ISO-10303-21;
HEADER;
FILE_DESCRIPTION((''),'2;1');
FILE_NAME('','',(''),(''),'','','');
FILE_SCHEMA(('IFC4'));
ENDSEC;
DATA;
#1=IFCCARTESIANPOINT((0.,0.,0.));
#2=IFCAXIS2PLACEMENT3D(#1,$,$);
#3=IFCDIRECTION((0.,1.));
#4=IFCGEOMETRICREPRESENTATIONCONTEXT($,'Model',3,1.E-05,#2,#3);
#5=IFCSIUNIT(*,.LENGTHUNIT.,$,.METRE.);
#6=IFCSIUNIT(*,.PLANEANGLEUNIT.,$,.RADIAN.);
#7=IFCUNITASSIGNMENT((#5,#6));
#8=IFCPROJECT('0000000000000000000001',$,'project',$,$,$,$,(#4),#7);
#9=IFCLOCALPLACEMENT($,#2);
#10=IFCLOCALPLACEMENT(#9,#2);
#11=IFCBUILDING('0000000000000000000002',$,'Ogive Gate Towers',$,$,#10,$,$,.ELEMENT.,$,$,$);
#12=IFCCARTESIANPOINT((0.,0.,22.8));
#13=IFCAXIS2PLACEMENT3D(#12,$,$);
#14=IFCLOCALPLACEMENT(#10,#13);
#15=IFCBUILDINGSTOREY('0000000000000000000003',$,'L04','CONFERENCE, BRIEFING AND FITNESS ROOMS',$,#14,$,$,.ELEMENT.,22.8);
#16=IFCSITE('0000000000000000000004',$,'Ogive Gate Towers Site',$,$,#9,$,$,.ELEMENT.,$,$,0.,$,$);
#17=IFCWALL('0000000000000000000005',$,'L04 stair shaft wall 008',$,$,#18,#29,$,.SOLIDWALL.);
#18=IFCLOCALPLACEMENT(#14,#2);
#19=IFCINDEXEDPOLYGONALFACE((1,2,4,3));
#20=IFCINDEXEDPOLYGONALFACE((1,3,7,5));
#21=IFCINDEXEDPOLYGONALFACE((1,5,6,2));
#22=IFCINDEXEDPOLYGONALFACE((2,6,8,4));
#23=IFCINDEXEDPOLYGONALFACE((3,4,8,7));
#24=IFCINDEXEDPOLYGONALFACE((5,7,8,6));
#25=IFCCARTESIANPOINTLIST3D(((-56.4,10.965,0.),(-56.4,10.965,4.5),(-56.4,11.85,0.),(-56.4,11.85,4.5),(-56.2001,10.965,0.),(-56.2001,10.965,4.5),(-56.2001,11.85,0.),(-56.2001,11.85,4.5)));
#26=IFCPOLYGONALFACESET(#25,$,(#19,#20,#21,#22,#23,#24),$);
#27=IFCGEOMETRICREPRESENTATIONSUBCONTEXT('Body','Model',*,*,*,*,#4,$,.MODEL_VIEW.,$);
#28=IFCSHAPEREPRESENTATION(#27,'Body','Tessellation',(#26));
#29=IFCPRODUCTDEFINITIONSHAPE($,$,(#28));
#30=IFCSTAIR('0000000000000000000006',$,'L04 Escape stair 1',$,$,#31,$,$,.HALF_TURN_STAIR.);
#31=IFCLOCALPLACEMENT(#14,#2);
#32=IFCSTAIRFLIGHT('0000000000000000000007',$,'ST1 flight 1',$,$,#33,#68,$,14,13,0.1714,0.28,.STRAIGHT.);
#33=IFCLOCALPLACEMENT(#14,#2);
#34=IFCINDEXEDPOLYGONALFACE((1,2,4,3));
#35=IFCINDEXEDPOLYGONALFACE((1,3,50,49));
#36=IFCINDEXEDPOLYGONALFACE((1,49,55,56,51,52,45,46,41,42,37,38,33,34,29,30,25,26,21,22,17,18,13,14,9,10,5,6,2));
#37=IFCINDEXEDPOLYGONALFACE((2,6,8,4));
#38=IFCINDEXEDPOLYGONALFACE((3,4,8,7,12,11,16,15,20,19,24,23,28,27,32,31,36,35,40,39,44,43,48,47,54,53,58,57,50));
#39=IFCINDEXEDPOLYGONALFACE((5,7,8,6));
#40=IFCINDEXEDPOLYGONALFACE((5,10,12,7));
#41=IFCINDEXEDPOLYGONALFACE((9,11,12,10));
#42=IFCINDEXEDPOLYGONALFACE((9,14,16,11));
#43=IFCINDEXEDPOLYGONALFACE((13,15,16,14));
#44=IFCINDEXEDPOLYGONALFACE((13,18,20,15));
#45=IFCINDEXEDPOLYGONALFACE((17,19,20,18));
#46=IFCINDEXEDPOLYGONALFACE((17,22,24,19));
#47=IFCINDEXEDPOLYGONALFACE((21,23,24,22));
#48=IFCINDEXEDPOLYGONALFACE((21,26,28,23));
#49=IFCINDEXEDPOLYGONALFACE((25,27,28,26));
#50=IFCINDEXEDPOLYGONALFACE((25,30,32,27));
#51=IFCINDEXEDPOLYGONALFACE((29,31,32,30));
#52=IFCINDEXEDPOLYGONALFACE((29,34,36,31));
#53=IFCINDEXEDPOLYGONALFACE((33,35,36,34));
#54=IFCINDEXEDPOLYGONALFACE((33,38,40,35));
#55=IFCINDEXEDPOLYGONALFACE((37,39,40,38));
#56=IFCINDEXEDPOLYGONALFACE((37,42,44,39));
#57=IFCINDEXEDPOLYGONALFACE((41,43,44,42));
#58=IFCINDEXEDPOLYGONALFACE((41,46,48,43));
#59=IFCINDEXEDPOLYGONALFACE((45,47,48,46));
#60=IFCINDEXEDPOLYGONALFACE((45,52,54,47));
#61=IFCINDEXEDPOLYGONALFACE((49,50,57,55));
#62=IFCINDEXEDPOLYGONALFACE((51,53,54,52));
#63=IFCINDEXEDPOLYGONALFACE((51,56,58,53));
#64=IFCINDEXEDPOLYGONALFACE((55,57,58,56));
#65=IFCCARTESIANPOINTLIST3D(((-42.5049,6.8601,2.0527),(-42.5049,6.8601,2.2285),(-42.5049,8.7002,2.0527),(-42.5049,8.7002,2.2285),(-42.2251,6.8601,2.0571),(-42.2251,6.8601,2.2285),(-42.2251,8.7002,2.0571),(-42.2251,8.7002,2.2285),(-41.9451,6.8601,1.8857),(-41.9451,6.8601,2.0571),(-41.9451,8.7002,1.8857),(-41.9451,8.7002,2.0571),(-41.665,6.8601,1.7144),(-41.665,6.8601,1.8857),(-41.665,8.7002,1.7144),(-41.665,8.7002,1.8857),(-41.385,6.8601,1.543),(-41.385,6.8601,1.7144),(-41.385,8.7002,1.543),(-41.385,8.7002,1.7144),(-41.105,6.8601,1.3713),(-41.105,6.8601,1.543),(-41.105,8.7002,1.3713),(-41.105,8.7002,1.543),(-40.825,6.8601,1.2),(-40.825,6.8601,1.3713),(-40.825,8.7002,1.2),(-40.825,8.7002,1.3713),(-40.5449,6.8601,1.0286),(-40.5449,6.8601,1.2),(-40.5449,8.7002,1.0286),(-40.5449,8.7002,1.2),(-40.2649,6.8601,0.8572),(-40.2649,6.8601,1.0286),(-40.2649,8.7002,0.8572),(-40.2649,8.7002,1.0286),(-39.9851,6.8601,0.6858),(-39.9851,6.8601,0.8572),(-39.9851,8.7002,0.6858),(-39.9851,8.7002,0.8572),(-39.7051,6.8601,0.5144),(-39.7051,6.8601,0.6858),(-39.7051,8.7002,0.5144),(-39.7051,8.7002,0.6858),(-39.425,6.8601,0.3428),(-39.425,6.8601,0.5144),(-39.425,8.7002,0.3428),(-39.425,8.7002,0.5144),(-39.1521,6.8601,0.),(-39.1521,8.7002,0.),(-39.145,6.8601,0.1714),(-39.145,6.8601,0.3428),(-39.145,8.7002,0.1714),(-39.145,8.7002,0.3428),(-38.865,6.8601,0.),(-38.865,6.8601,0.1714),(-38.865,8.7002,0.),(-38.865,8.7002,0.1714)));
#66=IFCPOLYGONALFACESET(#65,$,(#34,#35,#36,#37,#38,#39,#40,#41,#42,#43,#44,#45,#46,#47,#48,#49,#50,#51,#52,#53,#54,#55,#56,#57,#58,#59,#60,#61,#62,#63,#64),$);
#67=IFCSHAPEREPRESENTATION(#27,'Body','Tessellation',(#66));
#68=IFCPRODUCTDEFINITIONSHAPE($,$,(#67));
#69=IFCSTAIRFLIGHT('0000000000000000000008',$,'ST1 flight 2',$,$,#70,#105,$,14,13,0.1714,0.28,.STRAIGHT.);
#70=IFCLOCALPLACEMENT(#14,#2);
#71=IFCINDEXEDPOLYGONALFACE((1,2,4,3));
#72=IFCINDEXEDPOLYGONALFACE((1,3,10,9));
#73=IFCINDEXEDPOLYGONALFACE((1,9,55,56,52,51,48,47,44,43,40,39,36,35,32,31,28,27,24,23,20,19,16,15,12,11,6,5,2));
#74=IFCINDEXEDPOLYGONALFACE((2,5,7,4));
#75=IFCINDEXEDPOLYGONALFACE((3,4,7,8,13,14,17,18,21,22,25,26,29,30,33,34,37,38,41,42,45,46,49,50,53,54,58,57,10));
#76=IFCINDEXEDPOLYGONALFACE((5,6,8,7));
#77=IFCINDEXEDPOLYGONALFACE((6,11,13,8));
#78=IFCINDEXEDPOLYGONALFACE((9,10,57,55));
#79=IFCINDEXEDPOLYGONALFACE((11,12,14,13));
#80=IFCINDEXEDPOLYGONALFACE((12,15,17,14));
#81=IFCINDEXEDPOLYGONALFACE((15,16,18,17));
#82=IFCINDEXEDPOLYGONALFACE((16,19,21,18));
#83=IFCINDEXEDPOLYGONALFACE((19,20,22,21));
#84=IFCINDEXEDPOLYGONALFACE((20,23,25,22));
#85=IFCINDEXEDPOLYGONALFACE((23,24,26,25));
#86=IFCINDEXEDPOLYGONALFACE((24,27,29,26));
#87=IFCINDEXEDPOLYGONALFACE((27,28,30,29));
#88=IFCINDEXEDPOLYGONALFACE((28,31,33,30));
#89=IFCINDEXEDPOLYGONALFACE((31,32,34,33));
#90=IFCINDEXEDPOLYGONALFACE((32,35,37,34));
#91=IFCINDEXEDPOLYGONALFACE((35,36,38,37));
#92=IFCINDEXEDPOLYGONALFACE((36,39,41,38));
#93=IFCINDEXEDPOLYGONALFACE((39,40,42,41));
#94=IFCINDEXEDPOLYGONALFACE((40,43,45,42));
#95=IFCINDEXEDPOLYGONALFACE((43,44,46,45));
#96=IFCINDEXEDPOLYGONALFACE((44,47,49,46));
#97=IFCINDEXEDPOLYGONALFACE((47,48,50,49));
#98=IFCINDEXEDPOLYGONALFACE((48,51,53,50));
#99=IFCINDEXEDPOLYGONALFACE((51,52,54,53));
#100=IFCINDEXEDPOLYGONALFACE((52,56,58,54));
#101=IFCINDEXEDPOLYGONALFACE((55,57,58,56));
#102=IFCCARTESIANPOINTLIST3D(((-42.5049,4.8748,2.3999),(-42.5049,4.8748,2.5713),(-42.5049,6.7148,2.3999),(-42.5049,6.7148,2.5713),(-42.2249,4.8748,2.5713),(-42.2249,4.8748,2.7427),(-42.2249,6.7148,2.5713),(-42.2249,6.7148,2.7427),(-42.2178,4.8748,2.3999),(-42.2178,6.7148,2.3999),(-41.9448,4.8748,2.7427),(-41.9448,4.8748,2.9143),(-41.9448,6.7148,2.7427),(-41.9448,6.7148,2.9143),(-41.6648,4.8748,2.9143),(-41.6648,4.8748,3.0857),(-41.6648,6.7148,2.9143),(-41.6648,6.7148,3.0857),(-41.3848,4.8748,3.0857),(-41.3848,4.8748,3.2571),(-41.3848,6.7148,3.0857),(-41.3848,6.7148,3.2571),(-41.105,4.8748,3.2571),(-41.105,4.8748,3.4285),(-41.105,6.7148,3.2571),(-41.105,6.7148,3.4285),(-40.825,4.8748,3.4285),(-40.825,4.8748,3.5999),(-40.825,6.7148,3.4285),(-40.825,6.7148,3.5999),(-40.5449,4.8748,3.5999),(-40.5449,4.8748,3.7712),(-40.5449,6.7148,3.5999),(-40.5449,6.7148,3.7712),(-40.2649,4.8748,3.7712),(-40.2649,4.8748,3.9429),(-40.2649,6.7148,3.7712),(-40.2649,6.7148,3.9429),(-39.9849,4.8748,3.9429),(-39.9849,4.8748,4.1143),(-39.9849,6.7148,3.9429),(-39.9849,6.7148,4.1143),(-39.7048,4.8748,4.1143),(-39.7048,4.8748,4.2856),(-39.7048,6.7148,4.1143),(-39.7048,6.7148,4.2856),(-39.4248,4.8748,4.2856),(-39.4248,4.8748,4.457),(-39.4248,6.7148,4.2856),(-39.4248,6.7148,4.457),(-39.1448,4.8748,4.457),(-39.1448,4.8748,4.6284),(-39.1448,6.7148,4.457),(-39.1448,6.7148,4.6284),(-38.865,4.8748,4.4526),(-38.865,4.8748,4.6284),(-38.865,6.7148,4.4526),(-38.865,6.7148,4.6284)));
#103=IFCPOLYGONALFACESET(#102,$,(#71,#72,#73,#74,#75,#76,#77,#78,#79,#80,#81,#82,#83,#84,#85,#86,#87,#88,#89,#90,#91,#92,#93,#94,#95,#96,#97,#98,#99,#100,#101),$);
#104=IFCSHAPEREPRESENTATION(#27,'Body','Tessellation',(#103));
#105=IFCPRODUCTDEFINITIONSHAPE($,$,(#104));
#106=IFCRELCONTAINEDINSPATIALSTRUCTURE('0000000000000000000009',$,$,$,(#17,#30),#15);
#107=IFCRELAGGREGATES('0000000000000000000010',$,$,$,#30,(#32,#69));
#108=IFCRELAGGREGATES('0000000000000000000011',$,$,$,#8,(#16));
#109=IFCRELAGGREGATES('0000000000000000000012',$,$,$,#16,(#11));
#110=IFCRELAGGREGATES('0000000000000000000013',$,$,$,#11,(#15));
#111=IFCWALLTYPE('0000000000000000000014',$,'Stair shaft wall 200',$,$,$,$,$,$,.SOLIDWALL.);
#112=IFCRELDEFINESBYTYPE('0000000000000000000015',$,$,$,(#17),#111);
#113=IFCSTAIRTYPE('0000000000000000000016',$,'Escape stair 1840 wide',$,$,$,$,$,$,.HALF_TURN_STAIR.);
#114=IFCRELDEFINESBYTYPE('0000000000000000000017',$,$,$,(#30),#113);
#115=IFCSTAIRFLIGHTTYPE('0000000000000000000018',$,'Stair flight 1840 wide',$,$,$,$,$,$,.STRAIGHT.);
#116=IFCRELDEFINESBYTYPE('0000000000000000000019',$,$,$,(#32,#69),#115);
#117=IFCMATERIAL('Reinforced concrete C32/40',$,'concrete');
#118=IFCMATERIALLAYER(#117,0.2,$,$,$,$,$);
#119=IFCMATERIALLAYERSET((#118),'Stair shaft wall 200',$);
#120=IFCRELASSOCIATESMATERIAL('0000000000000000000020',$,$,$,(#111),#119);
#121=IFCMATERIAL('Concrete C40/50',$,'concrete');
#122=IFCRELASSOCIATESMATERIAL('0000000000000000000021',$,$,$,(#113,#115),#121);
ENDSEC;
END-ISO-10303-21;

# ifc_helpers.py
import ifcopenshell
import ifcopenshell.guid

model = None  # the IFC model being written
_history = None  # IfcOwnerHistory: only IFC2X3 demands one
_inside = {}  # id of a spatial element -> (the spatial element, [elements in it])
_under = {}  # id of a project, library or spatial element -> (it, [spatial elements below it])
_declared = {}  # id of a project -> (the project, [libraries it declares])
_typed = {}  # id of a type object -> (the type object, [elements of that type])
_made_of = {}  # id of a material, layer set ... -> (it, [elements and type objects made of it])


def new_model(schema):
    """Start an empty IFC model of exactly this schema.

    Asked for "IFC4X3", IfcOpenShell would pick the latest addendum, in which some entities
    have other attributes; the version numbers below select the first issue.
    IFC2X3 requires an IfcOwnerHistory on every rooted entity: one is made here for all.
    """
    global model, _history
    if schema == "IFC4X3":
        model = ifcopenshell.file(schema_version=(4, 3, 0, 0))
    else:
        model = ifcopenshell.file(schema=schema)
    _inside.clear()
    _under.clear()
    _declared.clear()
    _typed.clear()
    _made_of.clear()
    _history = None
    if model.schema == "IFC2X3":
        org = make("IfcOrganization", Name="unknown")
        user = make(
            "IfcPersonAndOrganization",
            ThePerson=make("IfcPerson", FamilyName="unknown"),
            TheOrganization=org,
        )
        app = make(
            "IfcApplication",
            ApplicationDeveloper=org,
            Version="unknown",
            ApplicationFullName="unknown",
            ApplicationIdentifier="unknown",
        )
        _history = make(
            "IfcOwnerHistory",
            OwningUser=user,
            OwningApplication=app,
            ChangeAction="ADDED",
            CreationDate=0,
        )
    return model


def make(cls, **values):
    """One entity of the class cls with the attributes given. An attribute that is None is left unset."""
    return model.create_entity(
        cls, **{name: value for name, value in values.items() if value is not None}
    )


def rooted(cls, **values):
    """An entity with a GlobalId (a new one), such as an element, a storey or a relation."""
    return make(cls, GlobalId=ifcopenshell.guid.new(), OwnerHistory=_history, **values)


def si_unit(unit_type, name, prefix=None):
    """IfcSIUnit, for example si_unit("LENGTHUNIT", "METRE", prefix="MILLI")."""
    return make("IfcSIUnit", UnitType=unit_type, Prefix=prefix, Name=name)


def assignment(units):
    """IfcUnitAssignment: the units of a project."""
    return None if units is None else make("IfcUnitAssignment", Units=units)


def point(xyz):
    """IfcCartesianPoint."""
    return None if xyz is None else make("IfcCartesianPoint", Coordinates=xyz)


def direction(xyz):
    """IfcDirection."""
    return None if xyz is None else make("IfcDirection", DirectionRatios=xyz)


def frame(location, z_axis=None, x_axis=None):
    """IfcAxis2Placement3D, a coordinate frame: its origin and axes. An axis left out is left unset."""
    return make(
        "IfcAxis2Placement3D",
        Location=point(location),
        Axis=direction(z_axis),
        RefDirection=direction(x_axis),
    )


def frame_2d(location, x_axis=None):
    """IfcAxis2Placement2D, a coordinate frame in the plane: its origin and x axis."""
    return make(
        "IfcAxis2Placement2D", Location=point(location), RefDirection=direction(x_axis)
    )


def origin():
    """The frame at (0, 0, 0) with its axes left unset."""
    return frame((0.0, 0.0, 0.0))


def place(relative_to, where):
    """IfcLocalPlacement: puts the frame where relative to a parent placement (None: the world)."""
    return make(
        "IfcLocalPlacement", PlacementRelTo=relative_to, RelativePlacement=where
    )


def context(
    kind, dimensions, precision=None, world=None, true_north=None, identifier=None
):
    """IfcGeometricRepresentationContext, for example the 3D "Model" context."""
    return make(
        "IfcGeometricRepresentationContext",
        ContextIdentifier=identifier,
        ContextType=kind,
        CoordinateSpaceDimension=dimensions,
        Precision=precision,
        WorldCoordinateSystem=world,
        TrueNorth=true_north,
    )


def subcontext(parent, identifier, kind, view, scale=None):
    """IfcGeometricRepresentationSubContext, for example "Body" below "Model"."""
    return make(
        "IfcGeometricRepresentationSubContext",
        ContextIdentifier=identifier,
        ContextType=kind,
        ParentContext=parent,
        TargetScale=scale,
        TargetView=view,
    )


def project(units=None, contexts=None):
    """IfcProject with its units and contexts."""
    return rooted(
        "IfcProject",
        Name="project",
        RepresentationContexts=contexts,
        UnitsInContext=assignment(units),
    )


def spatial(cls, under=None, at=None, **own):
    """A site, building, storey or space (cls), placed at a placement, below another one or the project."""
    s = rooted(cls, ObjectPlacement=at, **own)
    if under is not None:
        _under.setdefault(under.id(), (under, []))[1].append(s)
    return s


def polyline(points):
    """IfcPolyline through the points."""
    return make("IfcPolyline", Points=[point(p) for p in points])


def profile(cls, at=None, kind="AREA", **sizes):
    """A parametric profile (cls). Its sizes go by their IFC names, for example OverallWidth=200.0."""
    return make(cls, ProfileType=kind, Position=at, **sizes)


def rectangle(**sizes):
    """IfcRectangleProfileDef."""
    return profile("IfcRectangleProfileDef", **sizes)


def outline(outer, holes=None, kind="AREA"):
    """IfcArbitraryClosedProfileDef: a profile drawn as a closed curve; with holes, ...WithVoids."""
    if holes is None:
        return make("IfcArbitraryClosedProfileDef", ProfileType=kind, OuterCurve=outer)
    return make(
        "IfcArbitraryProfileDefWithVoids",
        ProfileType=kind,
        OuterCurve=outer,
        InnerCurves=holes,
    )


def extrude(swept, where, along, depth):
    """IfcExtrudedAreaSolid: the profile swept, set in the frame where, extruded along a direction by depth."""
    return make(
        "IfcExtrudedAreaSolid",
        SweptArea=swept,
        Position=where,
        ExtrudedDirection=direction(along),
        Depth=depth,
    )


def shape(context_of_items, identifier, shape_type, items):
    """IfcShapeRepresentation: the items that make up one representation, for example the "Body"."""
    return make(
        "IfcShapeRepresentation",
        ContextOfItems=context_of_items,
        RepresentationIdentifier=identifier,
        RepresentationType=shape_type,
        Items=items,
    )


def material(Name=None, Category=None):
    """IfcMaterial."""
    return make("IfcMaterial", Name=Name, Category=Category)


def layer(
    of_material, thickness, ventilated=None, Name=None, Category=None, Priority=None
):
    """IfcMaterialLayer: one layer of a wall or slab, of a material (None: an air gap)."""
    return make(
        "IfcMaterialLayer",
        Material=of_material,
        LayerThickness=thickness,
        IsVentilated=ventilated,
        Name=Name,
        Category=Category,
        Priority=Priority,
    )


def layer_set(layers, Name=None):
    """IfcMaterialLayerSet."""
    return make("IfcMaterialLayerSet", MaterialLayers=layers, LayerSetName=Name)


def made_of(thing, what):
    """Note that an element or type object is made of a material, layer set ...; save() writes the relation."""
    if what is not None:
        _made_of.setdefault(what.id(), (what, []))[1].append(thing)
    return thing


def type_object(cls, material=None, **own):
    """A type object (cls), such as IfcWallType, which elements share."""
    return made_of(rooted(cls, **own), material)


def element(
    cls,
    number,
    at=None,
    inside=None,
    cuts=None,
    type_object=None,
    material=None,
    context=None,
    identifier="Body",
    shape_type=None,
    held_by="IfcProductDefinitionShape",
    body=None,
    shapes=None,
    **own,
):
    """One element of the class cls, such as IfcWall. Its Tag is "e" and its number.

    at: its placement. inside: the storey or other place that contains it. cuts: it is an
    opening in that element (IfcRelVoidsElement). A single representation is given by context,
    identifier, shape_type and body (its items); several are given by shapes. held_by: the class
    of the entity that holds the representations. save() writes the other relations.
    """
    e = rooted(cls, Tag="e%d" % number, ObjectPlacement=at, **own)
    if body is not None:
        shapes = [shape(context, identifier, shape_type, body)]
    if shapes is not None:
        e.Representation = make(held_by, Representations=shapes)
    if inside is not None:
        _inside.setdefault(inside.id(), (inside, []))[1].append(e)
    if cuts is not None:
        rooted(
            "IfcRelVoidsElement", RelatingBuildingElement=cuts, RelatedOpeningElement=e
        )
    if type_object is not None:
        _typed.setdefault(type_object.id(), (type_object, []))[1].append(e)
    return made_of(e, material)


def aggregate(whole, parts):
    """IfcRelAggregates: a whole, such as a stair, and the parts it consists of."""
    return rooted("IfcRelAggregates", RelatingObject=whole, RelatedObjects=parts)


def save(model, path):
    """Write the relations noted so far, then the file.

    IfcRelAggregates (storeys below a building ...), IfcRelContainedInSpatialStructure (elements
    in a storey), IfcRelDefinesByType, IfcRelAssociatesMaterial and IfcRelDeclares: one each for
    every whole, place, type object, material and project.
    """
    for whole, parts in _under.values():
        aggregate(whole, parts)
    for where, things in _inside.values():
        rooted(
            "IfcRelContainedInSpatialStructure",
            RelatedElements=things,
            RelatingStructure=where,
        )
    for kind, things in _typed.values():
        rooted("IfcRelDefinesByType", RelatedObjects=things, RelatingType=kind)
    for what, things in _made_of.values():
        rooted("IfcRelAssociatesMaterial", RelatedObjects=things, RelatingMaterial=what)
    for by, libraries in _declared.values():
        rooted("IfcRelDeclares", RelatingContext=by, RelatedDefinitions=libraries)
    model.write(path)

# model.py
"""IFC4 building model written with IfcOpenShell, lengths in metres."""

from ifc_helpers import new_model, si_unit, direction, frame, frame_2d, origin, place, context, subcontext, project, spatial, polyline, rectangle, outline, extrude, material, layer, layer_set, type_object, element, aggregate, save


model = new_model("IFC4")

# Units and contexts
model_context = context("Model", 3, precision=1e-05, world=origin(), true_north=direction((0.0, 1.0)))
body_context = subcontext(model_context, "Body", "Model", "MODEL_VIEW")
ifc_project = project(units=[si_unit("LENGTHUNIT", "METRE"), si_unit("PLANEANGLEUNIT", "RADIAN")], contexts=[model_context])

# Site, building, storey
site_placement = place(None, origin())
site = spatial("IfcSite", under=ifc_project, at=site_placement, Name="Ogive Gate Towers Site", CompositionType="ELEMENT", RefElevation=0.0)
building_placement = place(site_placement, origin())
building = spatial("IfcBuilding", under=site, at=building_placement, Name="Ogive Gate Towers", CompositionType="ELEMENT")
storey_placement = place(building_placement, frame((0.0, 0.0, 22.8)))
storey = spatial("IfcBuildingStorey", under=building, at=storey_placement, Name="L04", Description="CONFERENCE, BRIEFING AND FITNESS ROOMS", CompositionType="ELEMENT", Elevation=22.8)

# Wall
ifc_material_1 = material(Name="Reinforced concrete C32/40", Category="concrete")
ifc_layer_1 = layer(ifc_material_1, 0.2)
ifc_layer_set_1 = layer_set([ifc_layer_1], Name="Stair shaft wall 200")
wall_type_1 = type_object("IfcWallType", Name="Stair shaft wall 200", PredefinedType="SOLIDWALL", material=ifc_layer_set_1)
wall_1_placement = place(storey_placement, frame((-56.3, 10.9651, 0.0), z_axis=(0.0, 0.0, 1.0), x_axis=(0.0, 1.0, 0.0)))
element("IfcWall", 1, at=wall_1_placement, inside=storey, type_object=wall_type_1, Name="L04 stair shaft wall 008", PredefinedType="SOLIDWALL", context=body_context, shape_type="SweptSolid", body=[
    extrude(rectangle(XDim=0.885, YDim=0.2, at=frame_2d((0.4424, 0.0))), origin(), (0.0, 0.0, 1.0), 4.5),
])

# Stair, stair flights
ifc_material_2 = material(Name="Concrete C40/50", Category="concrete")
stair_type = type_object("IfcStairType", Name="Escape stair 1840 wide", PredefinedType="HALF_TURN_STAIR", material=ifc_material_2)
stair_placement = place(storey_placement, origin())
stair = element("IfcStair", 2, at=stair_placement, inside=storey, type_object=stair_type, Name="L04 Escape stair 1", PredefinedType="HALF_TURN_STAIR")
stair_flight_type = type_object("IfcStairFlightType", Name="Stair flight 1840 wide", PredefinedType="STRAIGHT", material=ifc_material_2)
stair_flight_1_placement = place(storey_placement, frame((-38.865, 7.78, 0.0), z_axis=(0.0, 0.0, 1.0), x_axis=(-1.0, 0.0, 0.0)))
stair_flight_1 = element("IfcStairFlight", 3, at=stair_flight_1_placement, type_object=stair_flight_type, Name="ST1 flight 1", NumberOfRisers=14, NumberOfTreads=13, PredefinedType="STRAIGHT", RiserHeight=0.1714, TreadLength=0.28, context=body_context, shape_type="SweptSolid", body=[
    extrude(outline(polyline([(0.0, 0.0), (0.0, 0.1714), (0.28, 0.1714), (0.28, 0.3428), (0.5601, 0.3428), (0.5601, 0.5144), (0.8401, 0.5144), (0.8401, 0.6858), (1.1201, 0.6858), (1.1201, 0.8572), (1.3999, 0.8572), (1.3999, 1.0286), (1.6799, 1.0286), (1.6799, 1.2), (1.96, 1.2), (1.96, 1.3713), (2.24, 1.3713), (2.24, 1.543), (2.52, 1.543), (2.52, 1.7144), (2.8, 1.7144), (2.8, 1.8857), (3.0801, 1.8857), (3.0801, 2.0571), (3.3601, 2.0571), (3.3601, 2.2285), (3.6399, 2.2285), (3.6399, 2.3999), (3.6399, 2.0527), (0.2871, 0.0), (0.0, 0.0)])), frame((0.0, 0.9199, 0.0), z_axis=(0.0, -1.0, 0.0), x_axis=(1.0, 0.0, 0.0)), (0.0, 0.0, 1.0), 1.8401),
])
stair_flight_2_placement = place(storey_placement, frame((-42.5049, 5.7949, 2.3999), z_axis=(0.0, 0.0, 1.0), x_axis=(1.0, 0.0, 0.0)))
stair_flight_2 = element("IfcStairFlight", 4, at=stair_flight_2_placement, type_object=stair_flight_type, Name="ST1 flight 2", NumberOfRisers=14, NumberOfTreads=13, PredefinedType="STRAIGHT", RiserHeight=0.1714, TreadLength=0.28, context=body_context, shape_type="SweptSolid", body=[
    extrude(outline(polyline([(0.0, 0.0), (0.0, 0.1714), (0.28, 0.1714), (0.28, 0.3428), (0.5601, 0.3428), (0.5601, 0.5144), (0.8401, 0.5144), (0.8401, 0.6858), (1.1201, 0.6858), (1.1201, 0.8572), (1.3999, 0.8572), (1.3999, 1.0286), (1.6799, 1.0286), (1.6799, 1.2), (1.96, 1.2), (1.96, 1.3713), (2.24, 1.3713), (2.24, 1.543), (2.52, 1.543), (2.52, 1.7144), (2.8, 1.7144), (2.8, 1.8857), (3.0801, 1.8857), (3.0801, 2.0571), (3.3601, 2.0571), (3.3601, 2.2285), (3.6399, 2.2285), (3.6399, 2.3999), (3.6399, 2.0527), (0.2871, 0.0), (0.0, 0.0)])), frame((0.0, 0.9199, 0.0), z_axis=(0.0, -1.0, 0.0), x_axis=(1.0, 0.0, 0.0)), (0.0, 0.0, 1.0), 1.8401),
])
aggregate(stair, [stair_flight_1, stair_flight_2])

save(model, "model.ifc")
